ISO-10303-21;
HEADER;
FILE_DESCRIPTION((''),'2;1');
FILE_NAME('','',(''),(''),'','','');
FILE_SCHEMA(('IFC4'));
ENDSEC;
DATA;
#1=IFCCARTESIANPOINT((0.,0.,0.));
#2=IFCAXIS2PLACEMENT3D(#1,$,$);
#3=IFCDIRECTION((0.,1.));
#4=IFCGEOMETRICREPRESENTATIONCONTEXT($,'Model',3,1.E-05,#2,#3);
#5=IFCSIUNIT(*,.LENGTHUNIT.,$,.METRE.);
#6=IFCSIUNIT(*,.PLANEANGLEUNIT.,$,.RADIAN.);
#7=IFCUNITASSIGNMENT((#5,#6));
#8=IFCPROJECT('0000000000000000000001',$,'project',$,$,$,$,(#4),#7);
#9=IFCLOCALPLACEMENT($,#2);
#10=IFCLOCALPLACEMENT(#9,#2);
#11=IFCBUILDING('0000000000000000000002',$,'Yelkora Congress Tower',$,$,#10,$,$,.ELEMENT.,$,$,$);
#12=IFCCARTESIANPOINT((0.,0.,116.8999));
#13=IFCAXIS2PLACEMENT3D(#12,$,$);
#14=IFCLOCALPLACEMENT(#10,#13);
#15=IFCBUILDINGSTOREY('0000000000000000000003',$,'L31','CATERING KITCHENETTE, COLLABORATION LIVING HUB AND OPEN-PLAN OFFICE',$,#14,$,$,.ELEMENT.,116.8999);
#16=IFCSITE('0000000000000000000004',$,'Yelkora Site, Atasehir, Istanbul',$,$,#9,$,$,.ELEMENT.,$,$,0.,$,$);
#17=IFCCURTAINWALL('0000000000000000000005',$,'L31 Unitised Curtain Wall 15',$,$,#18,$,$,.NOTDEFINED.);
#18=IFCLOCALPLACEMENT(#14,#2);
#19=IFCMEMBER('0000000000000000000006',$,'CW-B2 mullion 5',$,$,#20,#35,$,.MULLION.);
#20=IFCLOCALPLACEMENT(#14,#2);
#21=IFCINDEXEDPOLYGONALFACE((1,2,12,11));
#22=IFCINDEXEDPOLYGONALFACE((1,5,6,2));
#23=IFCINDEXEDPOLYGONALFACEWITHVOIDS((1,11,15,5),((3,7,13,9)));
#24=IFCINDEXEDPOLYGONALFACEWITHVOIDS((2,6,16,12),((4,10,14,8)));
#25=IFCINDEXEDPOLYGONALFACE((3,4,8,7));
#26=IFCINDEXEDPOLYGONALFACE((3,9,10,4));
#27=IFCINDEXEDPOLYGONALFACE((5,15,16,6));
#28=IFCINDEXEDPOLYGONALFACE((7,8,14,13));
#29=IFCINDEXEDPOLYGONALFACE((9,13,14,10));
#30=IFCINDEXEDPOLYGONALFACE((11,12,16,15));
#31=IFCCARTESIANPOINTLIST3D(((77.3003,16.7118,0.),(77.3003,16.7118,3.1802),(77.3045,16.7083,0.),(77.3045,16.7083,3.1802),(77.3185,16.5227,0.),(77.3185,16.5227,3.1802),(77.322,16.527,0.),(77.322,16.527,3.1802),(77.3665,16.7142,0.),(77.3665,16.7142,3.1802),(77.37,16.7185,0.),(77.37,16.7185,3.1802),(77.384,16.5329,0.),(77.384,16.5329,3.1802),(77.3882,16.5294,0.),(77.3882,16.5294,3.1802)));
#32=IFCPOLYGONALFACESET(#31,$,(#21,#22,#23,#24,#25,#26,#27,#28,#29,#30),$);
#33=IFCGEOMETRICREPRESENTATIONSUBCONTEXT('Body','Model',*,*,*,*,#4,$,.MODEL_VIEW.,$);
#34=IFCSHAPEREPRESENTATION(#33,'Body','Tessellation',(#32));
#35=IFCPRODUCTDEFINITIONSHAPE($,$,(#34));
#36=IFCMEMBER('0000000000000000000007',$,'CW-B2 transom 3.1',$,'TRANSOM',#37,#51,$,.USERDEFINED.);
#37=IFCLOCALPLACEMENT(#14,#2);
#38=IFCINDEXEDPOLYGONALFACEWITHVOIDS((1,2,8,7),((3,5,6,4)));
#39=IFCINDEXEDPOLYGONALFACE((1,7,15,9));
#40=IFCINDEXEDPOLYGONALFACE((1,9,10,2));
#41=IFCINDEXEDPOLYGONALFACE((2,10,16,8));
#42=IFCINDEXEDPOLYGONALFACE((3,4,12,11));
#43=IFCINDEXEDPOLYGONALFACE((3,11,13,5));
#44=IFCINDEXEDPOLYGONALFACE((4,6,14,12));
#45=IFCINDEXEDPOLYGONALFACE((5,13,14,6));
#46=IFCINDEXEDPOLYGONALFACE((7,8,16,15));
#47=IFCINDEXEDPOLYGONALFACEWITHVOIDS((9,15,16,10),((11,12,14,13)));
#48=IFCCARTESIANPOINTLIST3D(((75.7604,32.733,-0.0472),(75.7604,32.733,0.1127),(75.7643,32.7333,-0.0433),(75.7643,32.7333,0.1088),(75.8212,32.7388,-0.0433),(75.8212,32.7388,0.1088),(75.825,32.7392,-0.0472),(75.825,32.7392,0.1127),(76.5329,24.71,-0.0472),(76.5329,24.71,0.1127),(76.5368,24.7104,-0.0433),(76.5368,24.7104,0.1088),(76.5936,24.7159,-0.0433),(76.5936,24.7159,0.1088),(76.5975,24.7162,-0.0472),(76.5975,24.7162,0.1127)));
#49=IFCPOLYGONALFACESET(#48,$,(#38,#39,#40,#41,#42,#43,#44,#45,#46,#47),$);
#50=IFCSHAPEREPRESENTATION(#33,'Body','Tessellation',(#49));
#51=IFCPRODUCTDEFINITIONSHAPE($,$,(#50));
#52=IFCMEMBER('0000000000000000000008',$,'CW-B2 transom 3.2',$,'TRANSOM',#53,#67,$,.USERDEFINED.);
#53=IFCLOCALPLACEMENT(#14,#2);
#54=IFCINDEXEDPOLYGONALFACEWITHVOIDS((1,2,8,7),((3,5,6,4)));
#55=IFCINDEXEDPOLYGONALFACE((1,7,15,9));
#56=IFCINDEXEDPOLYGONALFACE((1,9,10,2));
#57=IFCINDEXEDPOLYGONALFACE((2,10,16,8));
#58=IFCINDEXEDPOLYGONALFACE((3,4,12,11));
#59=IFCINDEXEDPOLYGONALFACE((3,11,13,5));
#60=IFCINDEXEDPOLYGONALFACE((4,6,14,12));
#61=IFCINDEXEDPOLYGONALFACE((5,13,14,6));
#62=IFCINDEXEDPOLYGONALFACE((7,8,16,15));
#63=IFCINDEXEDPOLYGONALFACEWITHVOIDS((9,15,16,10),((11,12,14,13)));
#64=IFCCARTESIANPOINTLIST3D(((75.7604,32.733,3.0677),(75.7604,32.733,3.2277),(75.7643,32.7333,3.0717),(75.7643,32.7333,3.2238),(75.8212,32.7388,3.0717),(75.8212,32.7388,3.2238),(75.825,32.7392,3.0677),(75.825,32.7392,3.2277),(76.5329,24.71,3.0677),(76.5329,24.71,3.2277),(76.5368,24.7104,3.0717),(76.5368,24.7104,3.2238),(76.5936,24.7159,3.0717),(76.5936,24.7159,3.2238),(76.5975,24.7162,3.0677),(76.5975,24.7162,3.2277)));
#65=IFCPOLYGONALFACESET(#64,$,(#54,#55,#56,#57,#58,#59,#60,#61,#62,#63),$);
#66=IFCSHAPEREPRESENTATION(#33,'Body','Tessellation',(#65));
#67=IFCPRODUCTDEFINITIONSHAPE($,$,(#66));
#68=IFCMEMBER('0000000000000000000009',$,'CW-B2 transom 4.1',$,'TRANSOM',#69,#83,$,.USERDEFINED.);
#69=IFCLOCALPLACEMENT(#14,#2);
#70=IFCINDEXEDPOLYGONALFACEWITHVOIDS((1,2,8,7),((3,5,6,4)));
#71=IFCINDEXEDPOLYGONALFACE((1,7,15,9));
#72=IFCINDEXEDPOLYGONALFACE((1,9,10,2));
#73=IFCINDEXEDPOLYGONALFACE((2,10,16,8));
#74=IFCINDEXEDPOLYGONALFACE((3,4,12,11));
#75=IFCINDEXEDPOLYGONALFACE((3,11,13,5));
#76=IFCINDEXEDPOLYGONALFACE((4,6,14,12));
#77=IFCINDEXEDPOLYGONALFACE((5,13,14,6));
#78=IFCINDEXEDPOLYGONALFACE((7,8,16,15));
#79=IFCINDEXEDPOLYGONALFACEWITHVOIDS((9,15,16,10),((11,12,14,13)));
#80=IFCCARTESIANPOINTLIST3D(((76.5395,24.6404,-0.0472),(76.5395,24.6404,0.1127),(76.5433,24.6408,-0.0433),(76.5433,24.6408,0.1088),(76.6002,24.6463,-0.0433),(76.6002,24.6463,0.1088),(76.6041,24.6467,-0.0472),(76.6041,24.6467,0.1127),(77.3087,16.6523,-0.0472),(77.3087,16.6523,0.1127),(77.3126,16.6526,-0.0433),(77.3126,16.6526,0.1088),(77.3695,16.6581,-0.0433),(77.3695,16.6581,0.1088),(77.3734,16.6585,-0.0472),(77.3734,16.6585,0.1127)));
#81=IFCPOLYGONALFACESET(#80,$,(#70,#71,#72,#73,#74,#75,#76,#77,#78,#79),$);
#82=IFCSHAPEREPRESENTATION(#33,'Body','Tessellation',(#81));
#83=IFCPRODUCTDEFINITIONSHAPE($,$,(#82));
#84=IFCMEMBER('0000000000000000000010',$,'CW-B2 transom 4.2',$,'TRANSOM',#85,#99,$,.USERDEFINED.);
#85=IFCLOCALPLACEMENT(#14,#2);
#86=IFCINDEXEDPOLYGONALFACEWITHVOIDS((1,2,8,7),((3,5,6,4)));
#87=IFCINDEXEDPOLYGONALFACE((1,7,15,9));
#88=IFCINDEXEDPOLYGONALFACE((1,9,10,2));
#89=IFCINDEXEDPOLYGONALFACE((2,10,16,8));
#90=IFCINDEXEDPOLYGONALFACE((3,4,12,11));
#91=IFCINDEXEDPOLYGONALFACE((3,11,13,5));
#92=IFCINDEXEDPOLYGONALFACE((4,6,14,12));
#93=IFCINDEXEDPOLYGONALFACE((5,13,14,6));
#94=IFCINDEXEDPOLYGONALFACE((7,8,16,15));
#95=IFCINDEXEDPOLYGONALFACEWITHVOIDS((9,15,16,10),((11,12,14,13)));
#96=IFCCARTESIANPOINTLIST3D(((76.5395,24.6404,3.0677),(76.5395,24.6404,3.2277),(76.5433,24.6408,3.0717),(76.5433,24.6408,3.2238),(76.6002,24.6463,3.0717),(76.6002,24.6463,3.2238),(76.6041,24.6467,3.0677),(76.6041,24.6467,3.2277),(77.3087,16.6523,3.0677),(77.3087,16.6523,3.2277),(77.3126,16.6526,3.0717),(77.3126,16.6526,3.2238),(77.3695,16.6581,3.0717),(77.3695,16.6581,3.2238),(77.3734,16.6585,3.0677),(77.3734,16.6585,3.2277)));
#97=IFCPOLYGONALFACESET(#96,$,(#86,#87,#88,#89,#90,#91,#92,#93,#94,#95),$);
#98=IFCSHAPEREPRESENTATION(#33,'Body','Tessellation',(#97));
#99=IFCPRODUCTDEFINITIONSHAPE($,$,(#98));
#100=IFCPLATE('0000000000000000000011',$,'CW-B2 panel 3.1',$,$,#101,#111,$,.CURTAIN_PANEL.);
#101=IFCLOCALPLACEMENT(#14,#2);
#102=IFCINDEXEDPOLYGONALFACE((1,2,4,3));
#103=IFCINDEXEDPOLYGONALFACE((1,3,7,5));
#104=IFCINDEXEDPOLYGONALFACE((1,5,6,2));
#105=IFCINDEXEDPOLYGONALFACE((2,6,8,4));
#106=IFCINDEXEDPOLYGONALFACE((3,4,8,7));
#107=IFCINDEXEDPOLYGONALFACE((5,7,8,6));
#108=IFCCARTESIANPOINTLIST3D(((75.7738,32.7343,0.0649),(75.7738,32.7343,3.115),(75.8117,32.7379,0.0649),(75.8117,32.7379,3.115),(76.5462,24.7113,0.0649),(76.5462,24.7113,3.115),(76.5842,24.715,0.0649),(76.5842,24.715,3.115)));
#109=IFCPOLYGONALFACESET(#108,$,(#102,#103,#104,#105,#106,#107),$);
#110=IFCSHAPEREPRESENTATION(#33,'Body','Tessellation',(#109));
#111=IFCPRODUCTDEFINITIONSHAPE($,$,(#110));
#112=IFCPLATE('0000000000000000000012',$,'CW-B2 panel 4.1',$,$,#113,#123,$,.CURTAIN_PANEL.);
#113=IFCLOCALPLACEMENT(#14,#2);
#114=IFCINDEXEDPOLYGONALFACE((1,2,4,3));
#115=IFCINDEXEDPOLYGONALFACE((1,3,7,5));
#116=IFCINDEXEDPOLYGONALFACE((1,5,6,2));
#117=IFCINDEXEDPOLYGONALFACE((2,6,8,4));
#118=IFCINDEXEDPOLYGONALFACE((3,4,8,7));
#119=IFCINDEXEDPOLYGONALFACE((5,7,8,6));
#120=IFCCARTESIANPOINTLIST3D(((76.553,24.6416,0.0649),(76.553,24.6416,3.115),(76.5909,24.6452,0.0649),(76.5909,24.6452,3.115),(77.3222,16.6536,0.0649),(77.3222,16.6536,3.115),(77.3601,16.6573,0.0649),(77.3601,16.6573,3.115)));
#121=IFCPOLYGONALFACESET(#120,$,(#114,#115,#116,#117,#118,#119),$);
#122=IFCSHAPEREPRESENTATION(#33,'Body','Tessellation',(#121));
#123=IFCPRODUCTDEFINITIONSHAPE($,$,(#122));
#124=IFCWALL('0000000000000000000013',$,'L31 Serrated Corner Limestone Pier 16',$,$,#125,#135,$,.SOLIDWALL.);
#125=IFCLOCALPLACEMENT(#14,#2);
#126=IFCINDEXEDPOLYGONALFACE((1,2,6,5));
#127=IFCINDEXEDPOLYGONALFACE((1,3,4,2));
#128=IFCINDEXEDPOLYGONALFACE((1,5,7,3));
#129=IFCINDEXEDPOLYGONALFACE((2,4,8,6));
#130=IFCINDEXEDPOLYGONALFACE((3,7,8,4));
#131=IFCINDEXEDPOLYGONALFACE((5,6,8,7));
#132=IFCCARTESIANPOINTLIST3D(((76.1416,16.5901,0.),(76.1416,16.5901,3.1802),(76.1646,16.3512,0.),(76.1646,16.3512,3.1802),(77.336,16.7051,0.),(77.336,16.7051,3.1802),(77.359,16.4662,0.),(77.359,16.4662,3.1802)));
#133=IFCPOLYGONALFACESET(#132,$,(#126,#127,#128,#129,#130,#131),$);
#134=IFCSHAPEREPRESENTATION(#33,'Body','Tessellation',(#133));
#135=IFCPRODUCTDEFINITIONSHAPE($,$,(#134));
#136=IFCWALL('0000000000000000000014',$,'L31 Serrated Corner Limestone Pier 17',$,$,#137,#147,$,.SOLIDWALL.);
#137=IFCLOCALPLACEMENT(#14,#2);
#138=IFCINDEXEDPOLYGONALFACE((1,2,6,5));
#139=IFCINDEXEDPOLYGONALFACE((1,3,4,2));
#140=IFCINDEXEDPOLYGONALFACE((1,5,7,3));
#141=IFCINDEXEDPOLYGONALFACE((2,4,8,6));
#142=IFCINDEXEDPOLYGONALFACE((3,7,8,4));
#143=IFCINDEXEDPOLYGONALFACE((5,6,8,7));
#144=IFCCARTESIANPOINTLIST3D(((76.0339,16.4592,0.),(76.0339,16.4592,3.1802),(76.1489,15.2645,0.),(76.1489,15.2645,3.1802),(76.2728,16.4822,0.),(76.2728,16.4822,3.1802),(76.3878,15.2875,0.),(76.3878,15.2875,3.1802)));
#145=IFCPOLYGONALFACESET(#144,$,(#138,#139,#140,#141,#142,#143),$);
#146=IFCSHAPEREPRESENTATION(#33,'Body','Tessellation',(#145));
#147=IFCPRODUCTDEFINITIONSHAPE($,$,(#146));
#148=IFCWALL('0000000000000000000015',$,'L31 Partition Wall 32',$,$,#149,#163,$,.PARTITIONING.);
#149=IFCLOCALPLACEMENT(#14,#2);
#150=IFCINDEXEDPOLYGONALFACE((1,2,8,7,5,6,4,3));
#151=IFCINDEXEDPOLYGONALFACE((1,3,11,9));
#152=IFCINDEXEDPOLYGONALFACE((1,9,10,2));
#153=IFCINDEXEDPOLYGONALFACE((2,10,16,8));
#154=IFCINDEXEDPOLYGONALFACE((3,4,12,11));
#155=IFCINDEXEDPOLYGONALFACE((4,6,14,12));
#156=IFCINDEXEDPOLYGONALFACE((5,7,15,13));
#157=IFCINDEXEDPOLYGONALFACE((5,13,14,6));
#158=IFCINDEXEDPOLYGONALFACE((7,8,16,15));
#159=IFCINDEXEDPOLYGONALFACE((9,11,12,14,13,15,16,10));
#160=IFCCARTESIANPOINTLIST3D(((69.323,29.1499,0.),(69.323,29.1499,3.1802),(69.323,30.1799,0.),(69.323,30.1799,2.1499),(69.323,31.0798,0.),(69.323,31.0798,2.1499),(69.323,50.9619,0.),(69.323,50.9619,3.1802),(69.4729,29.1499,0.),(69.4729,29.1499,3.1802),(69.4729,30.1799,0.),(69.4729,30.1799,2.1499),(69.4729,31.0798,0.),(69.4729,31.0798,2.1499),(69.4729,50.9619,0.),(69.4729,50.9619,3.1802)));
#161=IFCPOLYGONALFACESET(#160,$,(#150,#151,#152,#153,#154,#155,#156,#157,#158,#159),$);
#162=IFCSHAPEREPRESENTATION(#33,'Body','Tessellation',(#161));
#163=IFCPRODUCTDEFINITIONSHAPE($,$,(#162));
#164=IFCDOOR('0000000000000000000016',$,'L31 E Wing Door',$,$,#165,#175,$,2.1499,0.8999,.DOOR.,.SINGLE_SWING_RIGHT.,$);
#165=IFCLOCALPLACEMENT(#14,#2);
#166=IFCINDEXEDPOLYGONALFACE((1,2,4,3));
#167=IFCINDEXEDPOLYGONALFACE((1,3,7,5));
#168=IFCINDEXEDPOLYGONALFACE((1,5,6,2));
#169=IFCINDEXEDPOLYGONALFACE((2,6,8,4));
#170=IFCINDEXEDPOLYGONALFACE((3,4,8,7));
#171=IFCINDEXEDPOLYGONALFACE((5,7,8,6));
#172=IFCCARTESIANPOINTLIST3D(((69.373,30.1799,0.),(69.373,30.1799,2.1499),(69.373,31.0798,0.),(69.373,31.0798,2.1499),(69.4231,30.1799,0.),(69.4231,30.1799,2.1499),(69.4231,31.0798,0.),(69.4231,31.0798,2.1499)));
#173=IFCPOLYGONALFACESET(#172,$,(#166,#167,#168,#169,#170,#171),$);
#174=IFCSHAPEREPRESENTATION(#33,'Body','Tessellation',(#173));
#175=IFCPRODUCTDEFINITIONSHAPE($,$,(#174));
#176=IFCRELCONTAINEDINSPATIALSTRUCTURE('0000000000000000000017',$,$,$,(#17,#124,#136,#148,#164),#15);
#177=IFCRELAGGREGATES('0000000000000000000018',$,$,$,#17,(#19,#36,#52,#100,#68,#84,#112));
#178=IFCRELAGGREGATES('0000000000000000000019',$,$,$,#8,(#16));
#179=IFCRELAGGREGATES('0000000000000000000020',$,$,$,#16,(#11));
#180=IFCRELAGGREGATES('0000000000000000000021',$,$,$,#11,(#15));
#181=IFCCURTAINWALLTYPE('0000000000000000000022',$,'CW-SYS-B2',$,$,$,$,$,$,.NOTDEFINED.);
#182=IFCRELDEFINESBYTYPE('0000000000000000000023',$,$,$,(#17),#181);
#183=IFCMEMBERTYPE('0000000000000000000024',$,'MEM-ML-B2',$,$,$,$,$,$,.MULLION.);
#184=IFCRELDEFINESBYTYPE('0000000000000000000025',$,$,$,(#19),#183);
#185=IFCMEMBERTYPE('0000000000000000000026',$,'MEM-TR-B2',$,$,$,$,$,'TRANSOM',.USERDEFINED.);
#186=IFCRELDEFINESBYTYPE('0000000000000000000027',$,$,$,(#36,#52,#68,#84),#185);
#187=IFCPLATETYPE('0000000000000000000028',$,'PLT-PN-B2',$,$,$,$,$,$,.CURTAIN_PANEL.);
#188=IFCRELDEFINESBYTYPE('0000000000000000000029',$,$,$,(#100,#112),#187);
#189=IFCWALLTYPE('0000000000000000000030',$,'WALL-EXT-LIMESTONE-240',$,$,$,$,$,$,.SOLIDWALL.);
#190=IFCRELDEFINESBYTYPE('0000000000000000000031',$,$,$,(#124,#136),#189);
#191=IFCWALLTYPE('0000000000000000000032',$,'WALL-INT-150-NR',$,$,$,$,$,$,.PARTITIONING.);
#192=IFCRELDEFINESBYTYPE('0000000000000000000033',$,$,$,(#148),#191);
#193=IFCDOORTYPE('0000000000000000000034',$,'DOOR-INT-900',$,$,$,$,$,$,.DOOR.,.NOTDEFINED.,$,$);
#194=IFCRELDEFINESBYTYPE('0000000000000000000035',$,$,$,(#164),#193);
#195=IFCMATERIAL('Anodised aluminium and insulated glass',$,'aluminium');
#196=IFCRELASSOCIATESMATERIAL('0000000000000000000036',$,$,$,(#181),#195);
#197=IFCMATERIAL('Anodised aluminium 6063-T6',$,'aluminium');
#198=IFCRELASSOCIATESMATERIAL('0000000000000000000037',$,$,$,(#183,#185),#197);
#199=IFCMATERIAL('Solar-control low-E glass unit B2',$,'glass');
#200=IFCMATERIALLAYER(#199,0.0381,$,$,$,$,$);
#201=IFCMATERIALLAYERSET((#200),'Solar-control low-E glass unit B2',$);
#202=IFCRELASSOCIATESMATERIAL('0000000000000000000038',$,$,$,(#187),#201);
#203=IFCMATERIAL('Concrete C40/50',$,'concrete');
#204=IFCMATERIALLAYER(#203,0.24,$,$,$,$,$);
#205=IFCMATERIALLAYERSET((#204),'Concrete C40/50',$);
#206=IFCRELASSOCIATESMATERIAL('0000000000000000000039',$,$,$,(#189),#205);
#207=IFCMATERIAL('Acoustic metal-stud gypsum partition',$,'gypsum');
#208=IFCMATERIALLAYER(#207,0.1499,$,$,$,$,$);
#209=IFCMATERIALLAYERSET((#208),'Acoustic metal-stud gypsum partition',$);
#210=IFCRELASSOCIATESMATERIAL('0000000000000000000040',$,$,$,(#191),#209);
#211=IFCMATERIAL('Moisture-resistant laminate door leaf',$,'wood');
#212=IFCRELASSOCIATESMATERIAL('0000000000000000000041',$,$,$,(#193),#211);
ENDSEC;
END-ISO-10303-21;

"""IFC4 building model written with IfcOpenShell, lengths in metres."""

from ifc_helpers import new_model, si_unit, direction, frame, frame_2d, origin, origin_2d, place, context, subcontext, project, spatial, rectangle, hollow_rectangle, extrude, material, layer, layer_set, material_profile, profile_set, type_object, element, fill, aggregate, save


model = new_model("IFC4")

# Units and contexts
model_context = context("Model", 3, precision=1e-05, world=origin(), true_north=direction((0.0, 1.0)))
body_context = subcontext(model_context, "Body", "Model", "MODEL_VIEW")
ifc_project = project(units=[si_unit("LENGTHUNIT", "METRE"), si_unit("PLANEANGLEUNIT", "RADIAN")], contexts=[model_context])

# Site, building, storey
site_placement = place(None, origin())
site = spatial("IfcSite", under=ifc_project, at=site_placement, Name="Yelkora Site, Atasehir, Istanbul", CompositionType="ELEMENT", RefElevation=0.0)
building_placement = place(site_placement, origin())
building = spatial("IfcBuilding", under=site, at=building_placement, Name="Yelkora Congress Tower", CompositionType="ELEMENT")
storey_placement = place(building_placement, frame((0.0, 0.0, 116.8999)))
storey = spatial("IfcBuildingStorey", under=building, at=storey_placement, Name="L31", Description="CATERING KITCHENETTE, COLLABORATION LIVING HUB AND OPEN-PLAN OFFICE", CompositionType="ELEMENT", Elevation=116.8999)

# Curtain wall, members, plates
ifc_material_1 = material(Name="Anodised aluminium and insulated glass", Category="aluminium")
curtain_wall_type = type_object("IfcCurtainWallType", Name="CW-SYS-B2", PredefinedType="NOTDEFINED", material=ifc_material_1)
curtain_wall_placement = place(storey_placement, origin())
curtain_wall = element("IfcCurtainWall", 1, at=curtain_wall_placement, inside=storey, type_object=curtain_wall_type, Name="L31 Unitised Curtain Wall 15", PredefinedType="NOTDEFINED")
ifc_material_2 = material(Name="Anodised aluminium 6063-T6", Category="aluminium")
ifc_material_profile_1 = material_profile(ifc_material_2, hollow_rectangle(XDim=0.0701, YDim=0.1899, WallThickness=0.0039, at=origin_2d()), Name="ALU 70x190x4")
ifc_profile_set_1 = profile_set([ifc_material_profile_1], Name="Anodised aluminium 6063-T6")
member_type_1 = type_object("IfcMemberType", Name="MEM-ML-B2", PredefinedType="MULLION", material=ifc_profile_set_1)
member_1_placement = place(storey_placement, frame((77.3442, 16.6206, 0.0), z_axis=(0.0, 0.0, 1.0), x_axis=(0.995397, 0.095843, 0.0)))
member_1 = element("IfcMember", 2, at=member_1_placement, type_object=member_type_1, Name="CW-B2 mullion 5", PredefinedType="MULLION", context=body_context, shape_type="SweptSolid", body=[
    extrude(hollow_rectangle(XDim=0.0701, YDim=0.1899, WallThickness=0.0039, at=origin_2d()), origin(), (0.0, 0.0, 1.0), 3.1802),
])
ifc_material_profile_2 = material_profile(ifc_material_2, hollow_rectangle(XDim=0.0649, YDim=0.1599, WallThickness=0.0039, at=origin_2d()), Name="ALU 65x160x4")
ifc_profile_set_2 = profile_set([ifc_material_profile_2], Name="Anodised aluminium 6063-T6")
member_type_2 = type_object("IfcMemberType", Name="MEM-TR-B2", ElementType="TRANSOM", PredefinedType="USERDEFINED", material=ifc_profile_set_2)
member_2_placement = place(storey_placement, frame((75.7927, 32.7361, 0.0327), z_axis=(0.095838, -0.995397, 0.0), x_axis=(0.995397, 0.095838, 0.0)))
member_2 = element("IfcMember", 3, at=member_2_placement, type_object=member_type_2, Name="CW-B2 transom 3.1", ObjectType="TRANSOM", PredefinedType="USERDEFINED", context=body_context, shape_type="SweptSolid", body=[
    extrude(hollow_rectangle(XDim=0.0649, YDim=0.1599, WallThickness=0.0039, at=origin_2d()), origin(), (0.0, 0.0, 1.0), 8.0601),
])
member_3_placement = place(storey_placement, frame((75.7927, 32.7361, 3.1477), z_axis=(0.095838, -0.995397, 0.0), x_axis=(0.995397, 0.095838, 0.0)))
member_3 = element("IfcMember", 4, at=member_3_placement, type_object=member_type_2, Name="CW-B2 transom 3.2", ObjectType="TRANSOM", PredefinedType="USERDEFINED", context=body_context, shape_type="SweptSolid", body=[
    extrude(hollow_rectangle(XDim=0.0649, YDim=0.1599, WallThickness=0.0039, at=origin_2d()), origin(), (0.0, 0.0, 1.0), 8.0601),
])
member_4_placement = place(storey_placement, frame((76.5718, 24.6436, 0.0327), z_axis=(0.095858, -0.995395, 0.0), x_axis=(0.995395, 0.095858, 0.0)))
member_4 = element("IfcMember", 5, at=member_4_placement, type_object=member_type_2, Name="CW-B2 transom 4.1", ObjectType="TRANSOM", PredefinedType="USERDEFINED", context=body_context, shape_type="SweptSolid", body=[
    extrude(hollow_rectangle(XDim=0.0649, YDim=0.1599, WallThickness=0.0039, at=origin_2d()), origin(), (0.0, 0.0, 1.0), 8.0251),
])
member_5_placement = place(storey_placement, frame((76.5718, 24.6436, 3.1477), z_axis=(0.095858, -0.995395, 0.0), x_axis=(0.995395, 0.095858, 0.0)))
member_5 = element("IfcMember", 6, at=member_5_placement, type_object=member_type_2, Name="CW-B2 transom 4.2", ObjectType="TRANSOM", PredefinedType="USERDEFINED", context=body_context, shape_type="SweptSolid", body=[
    extrude(hollow_rectangle(XDim=0.0649, YDim=0.1599, WallThickness=0.0039, at=origin_2d()), origin(), (0.0, 0.0, 1.0), 8.0251),
])
ifc_material_3 = material(Name="Solar-control low-E glass unit B2", Category="glass")
ifc_layer_1 = layer(ifc_material_3, 0.0381)
ifc_layer_set_1 = layer_set([ifc_layer_1], Name="Solar-control low-E glass unit B2")
plate_type = type_object("IfcPlateType", Name="PLT-PN-B2", PredefinedType="CURTAIN_PANEL", material=ifc_layer_set_1)
plate_1_placement = place(storey_placement, frame((76.179, 28.7246, 0.0649), z_axis=(0.0, 0.0, 1.0), x_axis=(0.095843, -0.995397, 0.0)))
plate_1 = element("IfcPlate", 7, at=plate_1_placement, type_object=plate_type, Name="CW-B2 panel 3.1", PredefinedType="CURTAIN_PANEL", context=body_context, shape_type="SweptSolid", body=[
    extrude(rectangle(XDim=8.0601, YDim=0.0381, at=origin_2d()), origin(), (0.0, 0.0, 1.0), 3.05),
])
plate_2_placement = place(storey_placement, frame((76.9565, 20.6494, 0.0649), z_axis=(0.0, 0.0, 1.0), x_axis=(0.095843, -0.995397, 0.0)))
plate_2 = element("IfcPlate", 8, at=plate_2_placement, type_object=plate_type, Name="CW-B2 panel 4.1", PredefinedType="CURTAIN_PANEL", context=body_context, shape_type="SweptSolid", body=[
    extrude(rectangle(XDim=8.0249, YDim=0.0381, at=origin_2d()), origin(), (0.0, 0.0, 1.0), 3.05),
])
aggregate(curtain_wall, [member_1, member_2, member_3, plate_1, member_4, member_5, plate_2])

# Walls
ifc_material_4 = material(Name="Concrete C40/50", Category="concrete")
ifc_layer_2 = layer(ifc_material_4, 0.24)
ifc_layer_set_2 = layer_set([ifc_layer_2], Name="Concrete C40/50")
wall_type_1 = type_object("IfcWallType", Name="WALL-EXT-LIMESTONE-240", PredefinedType="SOLIDWALL", material=ifc_layer_set_2)
wall_1_placement = place(storey_placement, frame((77.3477, 16.5857, 0.0), z_axis=(0.0, 0.0, 1.0), x_axis=(-0.995397, -0.095836, 0.0)))
element("IfcWall", 9, at=wall_1_placement, inside=storey, type_object=wall_type_1, Name="L31 Serrated Corner Limestone Pier 16", PredefinedType="SOLIDWALL", context=body_context, shape_type="SweptSolid", body=[
    extrude(rectangle(XDim=1.2, YDim=0.24, at=frame_2d((0.6001, 0.0))), origin(), (0.0, 0.0, 1.0), 3.1802),
])
wall_2_placement = place(storey_placement, frame((76.1533, 16.4707, 0.0), z_axis=(0.0, 0.0, 1.0), x_axis=(0.095817, -0.995399, 0.0)))
element("IfcWall", 10, at=wall_2_placement, inside=storey, type_object=wall_type_1, Name="L31 Serrated Corner Limestone Pier 17", PredefinedType="SOLIDWALL", context=body_context, shape_type="SweptSolid", body=[
    extrude(rectangle(XDim=1.2002, YDim=0.24, at=frame_2d((0.6001, 0.0))), origin(), (0.0, 0.0, 1.0), 3.1802),
])

# Wall, opening, door
ifc_material_5 = material(Name="Acoustic metal-stud gypsum partition", Category="gypsum")
ifc_layer_3 = layer(ifc_material_5, 0.1499)
ifc_layer_set_3 = layer_set([ifc_layer_3], Name="Acoustic metal-stud gypsum partition")
wall_type_2 = type_object("IfcWallType", Name="WALL-INT-150-NR", PredefinedType="PARTITIONING", material=ifc_layer_set_3)
wall_3_placement = place(storey_placement, frame((69.3979, 29.1499, 0.0), z_axis=(0.0, 0.0, 1.0), x_axis=(0.0, 1.0, 0.0)))
wall_3 = element("IfcWall", 11, at=wall_3_placement, inside=storey, type_object=wall_type_2, Name="L31 Partition Wall 32", PredefinedType="PARTITIONING", context=body_context, shape_type="SweptSolid", body=[
    extrude(rectangle(XDim=21.812, YDim=0.1499, at=frame_2d((10.906, 0.0))), origin(), (0.0, 0.0, 1.0), 3.1802),
])
opening_placement = place(wall_3_placement, frame((1.03, 0.0, 0.0)))
opening = element("IfcOpeningElement", 12, at=opening_placement, cuts=wall_3, PredefinedType="OPENING", context=body_context, shape_type="SweptSolid", body=[
    extrude(rectangle(XDim=0.8999, YDim=2.1499, at=frame_2d((0.45, 1.075))), frame((0.0, 0.085, 0.0), z_axis=(0.0, -1.0, 0.0), x_axis=(1.0, 0.0, 0.0)), (0.0, 0.0, 1.0), 0.1699),
])
ifc_material_6 = material(Name="Moisture-resistant laminate door leaf", Category="wood")
door_type = type_object("IfcDoorType", Name="DOOR-INT-900", OperationType="NOTDEFINED", PredefinedType="DOOR", material=ifc_material_6)
door_placement = place(opening_placement, origin())
door = element("IfcDoor", 13, at=door_placement, inside=storey, type_object=door_type, Name="L31 E Wing Door", OperationType="SINGLE_SWING_RIGHT", OverallHeight=2.1499, OverallWidth=0.8999, PredefinedType="DOOR", context=body_context, shape_type="SweptSolid", body=[
    extrude(rectangle(XDim=0.8999, YDim=2.1499, at=frame_2d((0.45, 1.075))), frame((0.0, 0.0249, 0.0), z_axis=(0.0, -1.0, 0.0), x_axis=(1.0, 0.0, 0.0)), (0.0, 0.0, 1.0), 0.05),
])
fill(opening, door)

save(model, "model.ifc")
